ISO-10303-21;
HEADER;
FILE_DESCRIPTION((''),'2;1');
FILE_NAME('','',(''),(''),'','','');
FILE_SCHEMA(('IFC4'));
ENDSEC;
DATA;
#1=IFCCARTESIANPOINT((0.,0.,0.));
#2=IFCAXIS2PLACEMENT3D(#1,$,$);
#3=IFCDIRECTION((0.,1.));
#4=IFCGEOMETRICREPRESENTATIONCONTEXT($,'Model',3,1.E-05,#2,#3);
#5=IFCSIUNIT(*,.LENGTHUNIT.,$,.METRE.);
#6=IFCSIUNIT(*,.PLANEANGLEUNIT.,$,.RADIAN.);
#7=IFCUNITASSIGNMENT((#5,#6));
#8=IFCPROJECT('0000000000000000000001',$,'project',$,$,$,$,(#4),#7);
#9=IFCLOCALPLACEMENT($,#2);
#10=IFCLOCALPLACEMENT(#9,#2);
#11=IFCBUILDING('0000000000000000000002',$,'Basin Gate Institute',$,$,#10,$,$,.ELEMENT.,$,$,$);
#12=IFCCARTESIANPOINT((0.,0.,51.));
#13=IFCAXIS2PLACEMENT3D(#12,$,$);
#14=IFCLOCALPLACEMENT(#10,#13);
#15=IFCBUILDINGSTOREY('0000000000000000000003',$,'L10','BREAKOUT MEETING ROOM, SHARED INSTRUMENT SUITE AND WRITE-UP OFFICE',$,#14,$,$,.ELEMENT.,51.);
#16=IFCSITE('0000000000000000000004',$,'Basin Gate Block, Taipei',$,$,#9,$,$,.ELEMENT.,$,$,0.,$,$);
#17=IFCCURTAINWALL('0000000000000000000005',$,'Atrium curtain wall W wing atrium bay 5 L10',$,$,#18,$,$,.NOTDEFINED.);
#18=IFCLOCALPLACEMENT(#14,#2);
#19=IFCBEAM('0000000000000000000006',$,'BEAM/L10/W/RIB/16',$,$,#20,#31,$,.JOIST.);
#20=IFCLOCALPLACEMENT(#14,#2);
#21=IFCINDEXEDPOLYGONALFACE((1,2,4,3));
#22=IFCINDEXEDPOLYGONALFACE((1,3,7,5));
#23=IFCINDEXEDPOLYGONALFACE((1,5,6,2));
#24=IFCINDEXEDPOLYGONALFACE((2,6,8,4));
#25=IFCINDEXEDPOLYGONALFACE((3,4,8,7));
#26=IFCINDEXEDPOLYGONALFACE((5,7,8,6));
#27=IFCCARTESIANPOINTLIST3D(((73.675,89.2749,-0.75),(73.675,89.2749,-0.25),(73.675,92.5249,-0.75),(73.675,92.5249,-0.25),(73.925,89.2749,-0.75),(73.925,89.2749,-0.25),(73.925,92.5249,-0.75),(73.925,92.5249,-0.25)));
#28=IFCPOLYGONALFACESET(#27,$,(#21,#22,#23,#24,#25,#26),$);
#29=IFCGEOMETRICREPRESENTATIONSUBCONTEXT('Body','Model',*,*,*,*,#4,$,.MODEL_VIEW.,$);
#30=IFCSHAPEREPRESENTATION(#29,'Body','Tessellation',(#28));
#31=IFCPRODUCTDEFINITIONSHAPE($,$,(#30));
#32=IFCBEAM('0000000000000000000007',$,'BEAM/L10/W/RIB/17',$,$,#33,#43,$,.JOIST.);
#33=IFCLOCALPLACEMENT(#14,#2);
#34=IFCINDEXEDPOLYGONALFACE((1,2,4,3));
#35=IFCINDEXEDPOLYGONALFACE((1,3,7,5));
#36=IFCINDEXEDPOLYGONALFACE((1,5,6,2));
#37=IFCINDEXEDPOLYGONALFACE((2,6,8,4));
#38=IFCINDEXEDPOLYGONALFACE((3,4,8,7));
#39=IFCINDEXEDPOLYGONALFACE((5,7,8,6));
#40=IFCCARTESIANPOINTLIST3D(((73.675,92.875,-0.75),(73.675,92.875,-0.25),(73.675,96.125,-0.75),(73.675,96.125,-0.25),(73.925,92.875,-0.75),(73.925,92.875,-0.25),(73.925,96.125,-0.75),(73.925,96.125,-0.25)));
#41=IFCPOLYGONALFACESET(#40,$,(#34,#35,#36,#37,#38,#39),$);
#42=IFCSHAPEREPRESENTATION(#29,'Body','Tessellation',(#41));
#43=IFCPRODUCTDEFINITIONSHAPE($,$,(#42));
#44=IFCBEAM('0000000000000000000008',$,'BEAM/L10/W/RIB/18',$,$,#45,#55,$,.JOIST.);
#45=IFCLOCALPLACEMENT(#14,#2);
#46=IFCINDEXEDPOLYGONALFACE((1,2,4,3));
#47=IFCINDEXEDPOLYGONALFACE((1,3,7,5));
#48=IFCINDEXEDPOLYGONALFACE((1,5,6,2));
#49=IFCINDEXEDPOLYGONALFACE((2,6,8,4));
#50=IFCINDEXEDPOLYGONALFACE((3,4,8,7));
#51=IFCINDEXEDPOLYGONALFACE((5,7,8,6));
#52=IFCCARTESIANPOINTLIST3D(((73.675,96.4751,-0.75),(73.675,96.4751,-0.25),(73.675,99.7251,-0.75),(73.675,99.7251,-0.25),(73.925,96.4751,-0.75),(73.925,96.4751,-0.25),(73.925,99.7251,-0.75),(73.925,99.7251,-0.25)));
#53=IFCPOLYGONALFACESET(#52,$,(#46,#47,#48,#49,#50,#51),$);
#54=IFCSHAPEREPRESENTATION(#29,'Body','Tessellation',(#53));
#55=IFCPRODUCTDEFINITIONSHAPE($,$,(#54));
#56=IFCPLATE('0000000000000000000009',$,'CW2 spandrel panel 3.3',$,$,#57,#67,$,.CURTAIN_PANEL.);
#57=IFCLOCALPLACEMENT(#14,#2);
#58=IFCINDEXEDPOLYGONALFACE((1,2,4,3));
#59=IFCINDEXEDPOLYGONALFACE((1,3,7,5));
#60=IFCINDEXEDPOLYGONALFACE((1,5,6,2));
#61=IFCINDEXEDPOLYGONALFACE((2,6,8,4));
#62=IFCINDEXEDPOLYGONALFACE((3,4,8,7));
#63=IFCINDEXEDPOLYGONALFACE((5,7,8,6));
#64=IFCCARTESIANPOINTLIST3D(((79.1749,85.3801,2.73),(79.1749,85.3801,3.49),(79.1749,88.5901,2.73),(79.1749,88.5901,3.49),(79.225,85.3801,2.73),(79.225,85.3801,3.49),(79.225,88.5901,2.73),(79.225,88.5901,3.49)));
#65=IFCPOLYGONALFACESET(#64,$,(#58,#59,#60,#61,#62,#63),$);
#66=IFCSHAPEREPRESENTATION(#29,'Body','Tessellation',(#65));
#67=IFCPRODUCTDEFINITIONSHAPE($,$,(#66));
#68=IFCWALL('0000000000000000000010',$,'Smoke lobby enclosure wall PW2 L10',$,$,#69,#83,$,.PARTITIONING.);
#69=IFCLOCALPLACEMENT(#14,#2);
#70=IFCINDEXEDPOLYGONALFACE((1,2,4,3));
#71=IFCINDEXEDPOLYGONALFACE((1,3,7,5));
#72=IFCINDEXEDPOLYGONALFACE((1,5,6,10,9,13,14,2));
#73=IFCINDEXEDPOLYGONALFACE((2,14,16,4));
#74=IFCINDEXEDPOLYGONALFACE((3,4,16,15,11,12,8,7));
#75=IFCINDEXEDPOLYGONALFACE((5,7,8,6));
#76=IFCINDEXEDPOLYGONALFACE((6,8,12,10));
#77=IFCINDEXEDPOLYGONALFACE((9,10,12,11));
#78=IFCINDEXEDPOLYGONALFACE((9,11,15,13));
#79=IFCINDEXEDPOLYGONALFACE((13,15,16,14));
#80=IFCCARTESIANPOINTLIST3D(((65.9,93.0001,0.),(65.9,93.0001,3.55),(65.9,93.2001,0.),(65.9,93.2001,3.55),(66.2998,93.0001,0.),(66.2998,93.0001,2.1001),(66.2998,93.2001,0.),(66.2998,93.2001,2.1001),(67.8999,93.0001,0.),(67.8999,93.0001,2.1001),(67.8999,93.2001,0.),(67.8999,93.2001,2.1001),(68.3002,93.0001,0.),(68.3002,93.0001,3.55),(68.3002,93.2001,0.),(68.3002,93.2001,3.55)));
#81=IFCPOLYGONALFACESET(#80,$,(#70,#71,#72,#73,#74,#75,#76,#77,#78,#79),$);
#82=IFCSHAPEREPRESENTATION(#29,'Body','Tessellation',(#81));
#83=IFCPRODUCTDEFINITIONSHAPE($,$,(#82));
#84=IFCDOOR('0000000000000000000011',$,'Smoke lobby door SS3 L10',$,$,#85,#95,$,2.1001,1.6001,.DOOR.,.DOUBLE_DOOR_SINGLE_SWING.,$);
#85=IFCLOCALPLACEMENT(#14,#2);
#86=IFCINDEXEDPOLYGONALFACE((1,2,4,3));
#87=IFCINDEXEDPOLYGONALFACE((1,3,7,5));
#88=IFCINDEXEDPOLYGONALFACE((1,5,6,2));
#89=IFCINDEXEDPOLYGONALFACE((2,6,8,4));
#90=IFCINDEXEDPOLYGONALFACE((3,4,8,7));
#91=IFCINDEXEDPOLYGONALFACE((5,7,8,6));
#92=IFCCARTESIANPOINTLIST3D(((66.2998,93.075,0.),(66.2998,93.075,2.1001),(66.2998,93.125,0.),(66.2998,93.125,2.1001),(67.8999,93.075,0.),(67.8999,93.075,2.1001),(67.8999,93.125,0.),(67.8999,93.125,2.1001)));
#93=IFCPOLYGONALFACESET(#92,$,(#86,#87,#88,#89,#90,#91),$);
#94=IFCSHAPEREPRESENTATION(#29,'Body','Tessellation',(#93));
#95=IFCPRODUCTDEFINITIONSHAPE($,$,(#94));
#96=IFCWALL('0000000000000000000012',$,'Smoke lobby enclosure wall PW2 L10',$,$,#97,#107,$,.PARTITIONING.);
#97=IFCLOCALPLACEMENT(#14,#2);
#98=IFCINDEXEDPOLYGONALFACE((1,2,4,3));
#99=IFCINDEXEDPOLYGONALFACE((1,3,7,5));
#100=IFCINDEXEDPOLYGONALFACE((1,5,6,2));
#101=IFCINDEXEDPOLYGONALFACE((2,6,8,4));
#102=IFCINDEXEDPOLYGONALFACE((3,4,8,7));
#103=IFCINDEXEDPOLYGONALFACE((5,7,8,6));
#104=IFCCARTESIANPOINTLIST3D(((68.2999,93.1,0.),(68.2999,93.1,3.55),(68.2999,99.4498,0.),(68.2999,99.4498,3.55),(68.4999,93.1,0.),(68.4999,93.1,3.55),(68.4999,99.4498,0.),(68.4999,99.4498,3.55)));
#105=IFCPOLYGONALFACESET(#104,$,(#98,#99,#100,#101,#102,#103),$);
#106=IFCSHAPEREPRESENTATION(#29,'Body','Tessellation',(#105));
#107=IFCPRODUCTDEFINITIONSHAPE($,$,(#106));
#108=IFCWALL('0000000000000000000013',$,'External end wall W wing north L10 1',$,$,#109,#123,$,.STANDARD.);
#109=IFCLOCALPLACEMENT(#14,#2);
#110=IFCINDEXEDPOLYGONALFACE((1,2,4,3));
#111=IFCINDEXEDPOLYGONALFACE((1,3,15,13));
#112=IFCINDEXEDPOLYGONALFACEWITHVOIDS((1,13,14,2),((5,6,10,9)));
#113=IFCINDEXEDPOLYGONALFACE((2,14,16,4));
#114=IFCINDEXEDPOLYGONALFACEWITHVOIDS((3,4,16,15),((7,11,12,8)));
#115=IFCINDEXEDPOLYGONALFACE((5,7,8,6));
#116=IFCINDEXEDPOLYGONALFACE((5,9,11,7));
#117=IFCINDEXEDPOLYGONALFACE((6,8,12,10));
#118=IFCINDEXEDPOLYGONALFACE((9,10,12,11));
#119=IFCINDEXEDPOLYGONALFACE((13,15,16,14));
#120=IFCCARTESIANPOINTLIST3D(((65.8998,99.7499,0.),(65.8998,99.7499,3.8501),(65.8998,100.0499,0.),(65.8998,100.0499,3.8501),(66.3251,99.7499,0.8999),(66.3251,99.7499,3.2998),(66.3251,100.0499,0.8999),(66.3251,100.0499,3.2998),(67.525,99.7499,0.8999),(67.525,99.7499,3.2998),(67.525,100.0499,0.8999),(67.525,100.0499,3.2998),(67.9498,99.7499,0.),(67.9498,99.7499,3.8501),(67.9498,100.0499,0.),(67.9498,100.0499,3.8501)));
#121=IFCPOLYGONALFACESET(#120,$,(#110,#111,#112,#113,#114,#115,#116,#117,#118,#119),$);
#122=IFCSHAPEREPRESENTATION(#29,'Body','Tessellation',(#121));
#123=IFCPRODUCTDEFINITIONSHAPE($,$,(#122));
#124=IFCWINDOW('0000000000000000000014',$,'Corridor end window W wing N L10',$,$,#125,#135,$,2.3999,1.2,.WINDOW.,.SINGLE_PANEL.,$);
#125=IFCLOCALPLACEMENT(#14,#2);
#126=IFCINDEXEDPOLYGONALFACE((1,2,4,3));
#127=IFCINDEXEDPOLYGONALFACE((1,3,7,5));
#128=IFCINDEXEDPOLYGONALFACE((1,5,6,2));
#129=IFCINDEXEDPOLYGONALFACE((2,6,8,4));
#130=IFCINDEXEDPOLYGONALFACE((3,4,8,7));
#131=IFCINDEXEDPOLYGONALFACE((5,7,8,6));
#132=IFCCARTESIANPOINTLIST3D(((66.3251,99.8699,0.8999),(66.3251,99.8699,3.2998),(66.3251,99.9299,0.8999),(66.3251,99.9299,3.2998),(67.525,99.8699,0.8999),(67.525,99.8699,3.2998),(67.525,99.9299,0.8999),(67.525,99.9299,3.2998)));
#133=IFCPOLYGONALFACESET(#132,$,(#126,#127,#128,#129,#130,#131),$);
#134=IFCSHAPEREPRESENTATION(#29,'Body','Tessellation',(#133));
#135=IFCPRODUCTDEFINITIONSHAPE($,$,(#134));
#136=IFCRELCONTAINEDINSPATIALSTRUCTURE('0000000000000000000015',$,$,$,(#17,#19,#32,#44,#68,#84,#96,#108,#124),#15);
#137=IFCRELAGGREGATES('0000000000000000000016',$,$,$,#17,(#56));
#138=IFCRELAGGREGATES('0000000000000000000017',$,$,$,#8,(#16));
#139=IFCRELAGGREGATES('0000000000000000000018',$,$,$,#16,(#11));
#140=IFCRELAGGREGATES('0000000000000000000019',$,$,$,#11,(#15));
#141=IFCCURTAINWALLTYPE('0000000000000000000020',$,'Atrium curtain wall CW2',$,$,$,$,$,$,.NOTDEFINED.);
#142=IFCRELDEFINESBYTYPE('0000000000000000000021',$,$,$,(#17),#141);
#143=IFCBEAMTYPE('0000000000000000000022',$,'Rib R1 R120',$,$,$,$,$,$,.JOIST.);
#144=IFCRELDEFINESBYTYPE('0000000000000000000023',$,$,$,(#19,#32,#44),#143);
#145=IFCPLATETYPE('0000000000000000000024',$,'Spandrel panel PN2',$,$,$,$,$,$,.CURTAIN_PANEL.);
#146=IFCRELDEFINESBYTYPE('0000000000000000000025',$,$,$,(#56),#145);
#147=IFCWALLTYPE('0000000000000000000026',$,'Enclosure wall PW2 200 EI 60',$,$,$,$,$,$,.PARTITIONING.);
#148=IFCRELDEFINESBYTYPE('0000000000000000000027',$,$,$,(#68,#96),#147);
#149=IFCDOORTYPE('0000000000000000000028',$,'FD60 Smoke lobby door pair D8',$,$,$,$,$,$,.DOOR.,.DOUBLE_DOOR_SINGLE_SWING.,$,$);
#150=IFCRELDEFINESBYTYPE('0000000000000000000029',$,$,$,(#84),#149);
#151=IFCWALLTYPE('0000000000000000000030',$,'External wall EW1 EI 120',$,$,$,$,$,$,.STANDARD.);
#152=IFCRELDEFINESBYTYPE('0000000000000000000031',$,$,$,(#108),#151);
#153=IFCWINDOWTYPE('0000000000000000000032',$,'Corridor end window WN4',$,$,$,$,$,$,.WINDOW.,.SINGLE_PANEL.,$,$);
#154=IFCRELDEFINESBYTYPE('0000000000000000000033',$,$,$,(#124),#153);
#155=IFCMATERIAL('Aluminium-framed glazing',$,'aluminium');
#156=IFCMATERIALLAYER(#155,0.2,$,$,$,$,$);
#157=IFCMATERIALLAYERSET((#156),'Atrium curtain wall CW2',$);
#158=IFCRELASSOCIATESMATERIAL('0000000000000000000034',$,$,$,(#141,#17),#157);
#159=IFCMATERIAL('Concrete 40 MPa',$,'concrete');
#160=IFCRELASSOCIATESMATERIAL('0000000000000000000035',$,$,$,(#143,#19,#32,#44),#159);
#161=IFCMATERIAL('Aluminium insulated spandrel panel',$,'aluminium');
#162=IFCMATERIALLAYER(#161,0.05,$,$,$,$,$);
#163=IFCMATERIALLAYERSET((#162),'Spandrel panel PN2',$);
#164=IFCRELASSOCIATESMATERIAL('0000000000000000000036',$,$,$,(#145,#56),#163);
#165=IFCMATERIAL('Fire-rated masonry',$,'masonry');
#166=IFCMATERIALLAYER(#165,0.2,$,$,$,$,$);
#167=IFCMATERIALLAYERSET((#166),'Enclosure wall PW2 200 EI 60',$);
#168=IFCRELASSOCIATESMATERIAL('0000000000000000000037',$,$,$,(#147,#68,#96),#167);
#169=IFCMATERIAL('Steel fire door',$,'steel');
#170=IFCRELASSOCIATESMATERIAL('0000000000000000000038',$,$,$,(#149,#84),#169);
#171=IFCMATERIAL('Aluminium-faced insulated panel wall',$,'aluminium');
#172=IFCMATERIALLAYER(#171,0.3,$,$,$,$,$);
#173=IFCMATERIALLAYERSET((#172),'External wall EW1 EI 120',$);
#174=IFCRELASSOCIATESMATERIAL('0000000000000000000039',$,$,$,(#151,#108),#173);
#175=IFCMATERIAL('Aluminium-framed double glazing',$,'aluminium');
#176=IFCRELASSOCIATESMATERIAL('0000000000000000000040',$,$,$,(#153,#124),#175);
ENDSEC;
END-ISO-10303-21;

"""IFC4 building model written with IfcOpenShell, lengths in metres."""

from ifc_helpers import new_model, si_unit, direction, frame, frame_2d, origin, origin_2d, place, context, subcontext, project, spatial, rectangle, extrude, material, layer, layer_set, material_profile, profile_set, type_object, element, fill, aggregate, save


model = new_model("IFC4")

# Units and contexts
model_context = context("Model", 3, precision=1e-05, world=origin(), true_north=direction((0.0, 1.0)))
body_context = subcontext(model_context, "Body", "Model", "MODEL_VIEW")
ifc_project = project(units=[si_unit("LENGTHUNIT", "METRE"), si_unit("PLANEANGLEUNIT", "RADIAN")], contexts=[model_context])

# Site, building, storey
site_placement = place(None, origin())
site = spatial("IfcSite", under=ifc_project, at=site_placement, Name="Basin Gate Block, Taipei", CompositionType="ELEMENT", RefElevation=0.0)
building_placement = place(site_placement, origin())
building = spatial("IfcBuilding", under=site, at=building_placement, Name="Basin Gate Institute", CompositionType="ELEMENT")
storey_placement = place(building_placement, frame((0.0, 0.0, 51.0)))
storey = spatial("IfcBuildingStorey", under=building, at=storey_placement, Name="L10", Description="BREAKOUT MEETING ROOM, SHARED INSTRUMENT SUITE AND WRITE-UP OFFICE", CompositionType="ELEMENT", Elevation=51.0)

# Curtain wall
ifc_material_1 = material(Name="Aluminium-framed glazing", Category="aluminium")
ifc_layer_1 = layer(ifc_material_1, 0.2)
ifc_layer_set_1 = layer_set([ifc_layer_1], Name="Atrium curtain wall CW2")
curtain_wall_type = type_object("IfcCurtainWallType", Name="Atrium curtain wall CW2", PredefinedType="NOTDEFINED", material=ifc_layer_set_1)
curtain_wall_1_placement = place(storey_placement, origin())
curtain_wall_1 = element("IfcCurtainWall", 1, at=curtain_wall_1_placement, inside=storey, type_object=curtain_wall_type, material=ifc_layer_set_1, Name="Atrium curtain wall W wing atrium bay 5 L10", PredefinedType="NOTDEFINED")

# Beams
ifc_material_2 = material(Name="Concrete 40 MPa", Category="concrete")
ifc_material_profile_1 = material_profile(ifc_material_2, rectangle(XDim=0.25, YDim=0.5, at=origin_2d()), Name="Rib R1 250 x 500")
ifc_profile_set_1 = profile_set([ifc_material_profile_1], Name="Concrete 40 MPa")
beam_type_1 = type_object("IfcBeamType", Name="Rib R1 R120", PredefinedType="JOIST", material=ifc_profile_set_1)
for number, where, z_axis, x_axis, name in (
    (2, (73.8, 89.2749, -0.5), (0.0, 1.0, 0.0), (-1.0, 0.0, 0.0), "BEAM/L10/W/RIB/16"),
    (3, (73.8, 92.875, -0.5), (0.0, 1.0, 0.0), (-1.0, 0.0, 0.0), "BEAM/L10/W/RIB/17"),
    (4, (73.8, 96.4751, -0.5), (0.0, 1.0, 0.0), (-1.0, 0.0, 0.0), "BEAM/L10/W/RIB/18"),
):
    element("IfcBeam", number, at=place(storey_placement, frame(where, z_axis=z_axis, x_axis=x_axis)), inside=storey, type_object=beam_type_1, material=ifc_profile_set_1, Name=name, PredefinedType="JOIST", context=body_context, shape_type="SweptSolid", body=[
        extrude(rectangle(XDim=0.25, YDim=0.5, at=origin_2d()), origin(), (0.0, 0.0, 1.0), 3.25),
    ])

# Plate
ifc_material_3 = material(Name="Aluminium insulated spandrel panel", Category="aluminium")
ifc_layer_2 = layer(ifc_material_3, 0.05)
ifc_layer_set_2 = layer_set([ifc_layer_2], Name="Spandrel panel PN2")
plate_type = type_object("IfcPlateType", Name="Spandrel panel PN2", PredefinedType="CURTAIN_PANEL", material=ifc_layer_set_2)
plate_placement = place(storey_placement, frame((79.2, 86.9851, 2.73), z_axis=(0.0, 0.0, 1.0), x_axis=(0.0, 1.0, 0.0)))
plate = element("IfcPlate", 5, at=plate_placement, type_object=plate_type, material=ifc_layer_set_2, Name="CW2 spandrel panel 3.3", PredefinedType="CURTAIN_PANEL", context=body_context, shape_type="SweptSolid", body=[
    extrude(rectangle(XDim=3.21, YDim=0.05, at=origin_2d()), origin(), (0.0, 0.0, 1.0), 0.76),
])
aggregate(curtain_wall_1, [plate])

# Wall, opening, door
ifc_material_4 = material(Name="Fire-rated masonry", Category="masonry")
ifc_layer_3 = layer(ifc_material_4, 0.2)
ifc_layer_set_3 = layer_set([ifc_layer_3], Name="Enclosure wall PW2 200 EI 60")
wall_type_1 = type_object("IfcWallType", Name="Enclosure wall PW2 200 EI 60", PredefinedType="PARTITIONING", material=ifc_layer_set_3)
wall_1_placement = place(storey_placement, frame((65.8999, 93.1001, 0.0), z_axis=(0.0, 0.0, 1.0), x_axis=(1.0, 0.0, 0.0)))
wall_1 = element("IfcWall", 6, at=wall_1_placement, inside=storey, type_object=wall_type_1, material=ifc_layer_set_3, Name="Smoke lobby enclosure wall PW2 L10", PredefinedType="PARTITIONING", context=body_context, shape_type="SweptSolid", body=[
    extrude(rectangle(XDim=2.4001, YDim=0.2, at=frame_2d((1.2002, 0.0))), origin(), (0.0, 0.0, 1.0), 3.55),
])
opening_1_placement = place(wall_1_placement, frame((0.3999, 0.0, 0.0)))
opening_1 = element("IfcOpeningElement", 7, at=opening_1_placement, cuts=wall_1, PredefinedType="OPENING", context=body_context, shape_type="SweptSolid", body=[
    extrude(rectangle(XDim=1.6001, YDim=2.1001, at=frame_2d((0.8, 1.05))), frame((0.0, 0.1099, 0.0), z_axis=(0.0, -1.0, 0.0), x_axis=(1.0, 0.0, 0.0)), (0.0, 0.0, 1.0), 0.22),
])
ifc_material_5 = material(Name="Steel fire door", Category="steel")
door_type_1 = type_object("IfcDoorType", Name="FD60 Smoke lobby door pair D8", OperationType="DOUBLE_DOOR_SINGLE_SWING", PredefinedType="DOOR", material=ifc_material_5)
door_1_placement = place(opening_1_placement, origin())
door_1 = element("IfcDoor", 8, at=door_1_placement, inside=storey, type_object=door_type_1, material=ifc_material_5, Name="Smoke lobby door SS3 L10", OperationType="DOUBLE_DOOR_SINGLE_SWING", OverallHeight=2.1001, OverallWidth=1.6001, PredefinedType="DOOR", context=body_context, shape_type="SweptSolid", body=[
    extrude(rectangle(XDim=1.6001, YDim=2.1001, at=frame_2d((0.8, 1.05))), frame((0.0, 0.0249, 0.0), z_axis=(0.0, -1.0, 0.0), x_axis=(1.0, 0.0, 0.0)), (0.0, 0.0, 1.0), 0.05),
])
fill(opening_1, door_1)

# Wall
wall_2_placement = place(storey_placement, frame((68.3999, 93.1001, 0.0), z_axis=(0.0, 0.0, 1.0), x_axis=(0.0, 1.0, 0.0)))
element("IfcWall", 9, at=wall_2_placement, inside=storey, type_object=wall_type_1, material=ifc_layer_set_3, Name="Smoke lobby enclosure wall PW2 L10", PredefinedType="PARTITIONING", context=body_context, shape_type="SweptSolid", body=[
    extrude(rectangle(XDim=6.3499, YDim=0.2, at=frame_2d((3.1748, 0.0))), origin(), (0.0, 0.0, 1.0), 3.55),
])

# Wall, opening, window
ifc_material_6 = material(Name="Aluminium-faced insulated panel wall", Category="aluminium")
ifc_layer_4 = layer(ifc_material_6, 0.3)
ifc_layer_set_4 = layer_set([ifc_layer_4], Name="External wall EW1 EI 120")
wall_type_2 = type_object("IfcWallType", Name="External wall EW1 EI 120", PredefinedType="STANDARD", material=ifc_layer_set_4)
wall_3_placement = place(storey_placement, frame((65.8999, 99.8999, 0.0), z_axis=(0.0, 0.0, 1.0), x_axis=(1.0, 0.0, 0.0)))
wall_3 = element("IfcWall", 10, at=wall_3_placement, inside=storey, type_object=wall_type_2, material=ifc_layer_set_4, Name="External end wall W wing north L10 1", PredefinedType="STANDARD", context=body_context, shape_type="SweptSolid", body=[
    extrude(rectangle(XDim=2.05, YDim=0.3, at=frame_2d((1.0249, 0.0))), origin(), (0.0, 0.0, 1.0), 3.8501),
])
opening_2_placement = place(wall_3_placement, frame((0.425, 0.0, 0.8999)))
opening_2 = element("IfcOpeningElement", 11, at=opening_2_placement, cuts=wall_3, PredefinedType="OPENING", context=body_context, shape_type="SweptSolid", body=[
    extrude(rectangle(XDim=1.2, YDim=2.3999, at=frame_2d((0.6001, 1.2))), frame((0.0, 0.1602, 0.0), z_axis=(0.0, -1.0, 0.0), x_axis=(1.0, 0.0, 0.0)), (0.0, 0.0, 1.0), 0.3201),
])
ifc_material_7 = material(Name="Aluminium-framed double glazing", Category="aluminium")
window_type_1 = type_object("IfcWindowType", Name="Corridor end window WN4", PartitioningType="SINGLE_PANEL", PredefinedType="WINDOW", material=ifc_material_7)
window_1_placement = place(opening_2_placement, origin())
window_1 = element("IfcWindow", 12, at=window_1_placement, inside=storey, type_object=window_type_1, material=ifc_material_7, Name="Corridor end window W wing N L10", OverallHeight=2.3999, OverallWidth=1.2, PartitioningType="SINGLE_PANEL", PredefinedType="WINDOW", context=body_context, shape_type="SweptSolid", body=[
    extrude(rectangle(XDim=1.2, YDim=2.3999, at=frame_2d((0.6001, 1.2))), frame((0.0, 0.03, 0.0), z_axis=(0.0, -1.0, 0.0), x_axis=(1.0, 0.0, 0.0)), (0.0, 0.0, 1.0), 0.0601),
])
fill(opening_2, window_1)

save(model, "model.ifc")
